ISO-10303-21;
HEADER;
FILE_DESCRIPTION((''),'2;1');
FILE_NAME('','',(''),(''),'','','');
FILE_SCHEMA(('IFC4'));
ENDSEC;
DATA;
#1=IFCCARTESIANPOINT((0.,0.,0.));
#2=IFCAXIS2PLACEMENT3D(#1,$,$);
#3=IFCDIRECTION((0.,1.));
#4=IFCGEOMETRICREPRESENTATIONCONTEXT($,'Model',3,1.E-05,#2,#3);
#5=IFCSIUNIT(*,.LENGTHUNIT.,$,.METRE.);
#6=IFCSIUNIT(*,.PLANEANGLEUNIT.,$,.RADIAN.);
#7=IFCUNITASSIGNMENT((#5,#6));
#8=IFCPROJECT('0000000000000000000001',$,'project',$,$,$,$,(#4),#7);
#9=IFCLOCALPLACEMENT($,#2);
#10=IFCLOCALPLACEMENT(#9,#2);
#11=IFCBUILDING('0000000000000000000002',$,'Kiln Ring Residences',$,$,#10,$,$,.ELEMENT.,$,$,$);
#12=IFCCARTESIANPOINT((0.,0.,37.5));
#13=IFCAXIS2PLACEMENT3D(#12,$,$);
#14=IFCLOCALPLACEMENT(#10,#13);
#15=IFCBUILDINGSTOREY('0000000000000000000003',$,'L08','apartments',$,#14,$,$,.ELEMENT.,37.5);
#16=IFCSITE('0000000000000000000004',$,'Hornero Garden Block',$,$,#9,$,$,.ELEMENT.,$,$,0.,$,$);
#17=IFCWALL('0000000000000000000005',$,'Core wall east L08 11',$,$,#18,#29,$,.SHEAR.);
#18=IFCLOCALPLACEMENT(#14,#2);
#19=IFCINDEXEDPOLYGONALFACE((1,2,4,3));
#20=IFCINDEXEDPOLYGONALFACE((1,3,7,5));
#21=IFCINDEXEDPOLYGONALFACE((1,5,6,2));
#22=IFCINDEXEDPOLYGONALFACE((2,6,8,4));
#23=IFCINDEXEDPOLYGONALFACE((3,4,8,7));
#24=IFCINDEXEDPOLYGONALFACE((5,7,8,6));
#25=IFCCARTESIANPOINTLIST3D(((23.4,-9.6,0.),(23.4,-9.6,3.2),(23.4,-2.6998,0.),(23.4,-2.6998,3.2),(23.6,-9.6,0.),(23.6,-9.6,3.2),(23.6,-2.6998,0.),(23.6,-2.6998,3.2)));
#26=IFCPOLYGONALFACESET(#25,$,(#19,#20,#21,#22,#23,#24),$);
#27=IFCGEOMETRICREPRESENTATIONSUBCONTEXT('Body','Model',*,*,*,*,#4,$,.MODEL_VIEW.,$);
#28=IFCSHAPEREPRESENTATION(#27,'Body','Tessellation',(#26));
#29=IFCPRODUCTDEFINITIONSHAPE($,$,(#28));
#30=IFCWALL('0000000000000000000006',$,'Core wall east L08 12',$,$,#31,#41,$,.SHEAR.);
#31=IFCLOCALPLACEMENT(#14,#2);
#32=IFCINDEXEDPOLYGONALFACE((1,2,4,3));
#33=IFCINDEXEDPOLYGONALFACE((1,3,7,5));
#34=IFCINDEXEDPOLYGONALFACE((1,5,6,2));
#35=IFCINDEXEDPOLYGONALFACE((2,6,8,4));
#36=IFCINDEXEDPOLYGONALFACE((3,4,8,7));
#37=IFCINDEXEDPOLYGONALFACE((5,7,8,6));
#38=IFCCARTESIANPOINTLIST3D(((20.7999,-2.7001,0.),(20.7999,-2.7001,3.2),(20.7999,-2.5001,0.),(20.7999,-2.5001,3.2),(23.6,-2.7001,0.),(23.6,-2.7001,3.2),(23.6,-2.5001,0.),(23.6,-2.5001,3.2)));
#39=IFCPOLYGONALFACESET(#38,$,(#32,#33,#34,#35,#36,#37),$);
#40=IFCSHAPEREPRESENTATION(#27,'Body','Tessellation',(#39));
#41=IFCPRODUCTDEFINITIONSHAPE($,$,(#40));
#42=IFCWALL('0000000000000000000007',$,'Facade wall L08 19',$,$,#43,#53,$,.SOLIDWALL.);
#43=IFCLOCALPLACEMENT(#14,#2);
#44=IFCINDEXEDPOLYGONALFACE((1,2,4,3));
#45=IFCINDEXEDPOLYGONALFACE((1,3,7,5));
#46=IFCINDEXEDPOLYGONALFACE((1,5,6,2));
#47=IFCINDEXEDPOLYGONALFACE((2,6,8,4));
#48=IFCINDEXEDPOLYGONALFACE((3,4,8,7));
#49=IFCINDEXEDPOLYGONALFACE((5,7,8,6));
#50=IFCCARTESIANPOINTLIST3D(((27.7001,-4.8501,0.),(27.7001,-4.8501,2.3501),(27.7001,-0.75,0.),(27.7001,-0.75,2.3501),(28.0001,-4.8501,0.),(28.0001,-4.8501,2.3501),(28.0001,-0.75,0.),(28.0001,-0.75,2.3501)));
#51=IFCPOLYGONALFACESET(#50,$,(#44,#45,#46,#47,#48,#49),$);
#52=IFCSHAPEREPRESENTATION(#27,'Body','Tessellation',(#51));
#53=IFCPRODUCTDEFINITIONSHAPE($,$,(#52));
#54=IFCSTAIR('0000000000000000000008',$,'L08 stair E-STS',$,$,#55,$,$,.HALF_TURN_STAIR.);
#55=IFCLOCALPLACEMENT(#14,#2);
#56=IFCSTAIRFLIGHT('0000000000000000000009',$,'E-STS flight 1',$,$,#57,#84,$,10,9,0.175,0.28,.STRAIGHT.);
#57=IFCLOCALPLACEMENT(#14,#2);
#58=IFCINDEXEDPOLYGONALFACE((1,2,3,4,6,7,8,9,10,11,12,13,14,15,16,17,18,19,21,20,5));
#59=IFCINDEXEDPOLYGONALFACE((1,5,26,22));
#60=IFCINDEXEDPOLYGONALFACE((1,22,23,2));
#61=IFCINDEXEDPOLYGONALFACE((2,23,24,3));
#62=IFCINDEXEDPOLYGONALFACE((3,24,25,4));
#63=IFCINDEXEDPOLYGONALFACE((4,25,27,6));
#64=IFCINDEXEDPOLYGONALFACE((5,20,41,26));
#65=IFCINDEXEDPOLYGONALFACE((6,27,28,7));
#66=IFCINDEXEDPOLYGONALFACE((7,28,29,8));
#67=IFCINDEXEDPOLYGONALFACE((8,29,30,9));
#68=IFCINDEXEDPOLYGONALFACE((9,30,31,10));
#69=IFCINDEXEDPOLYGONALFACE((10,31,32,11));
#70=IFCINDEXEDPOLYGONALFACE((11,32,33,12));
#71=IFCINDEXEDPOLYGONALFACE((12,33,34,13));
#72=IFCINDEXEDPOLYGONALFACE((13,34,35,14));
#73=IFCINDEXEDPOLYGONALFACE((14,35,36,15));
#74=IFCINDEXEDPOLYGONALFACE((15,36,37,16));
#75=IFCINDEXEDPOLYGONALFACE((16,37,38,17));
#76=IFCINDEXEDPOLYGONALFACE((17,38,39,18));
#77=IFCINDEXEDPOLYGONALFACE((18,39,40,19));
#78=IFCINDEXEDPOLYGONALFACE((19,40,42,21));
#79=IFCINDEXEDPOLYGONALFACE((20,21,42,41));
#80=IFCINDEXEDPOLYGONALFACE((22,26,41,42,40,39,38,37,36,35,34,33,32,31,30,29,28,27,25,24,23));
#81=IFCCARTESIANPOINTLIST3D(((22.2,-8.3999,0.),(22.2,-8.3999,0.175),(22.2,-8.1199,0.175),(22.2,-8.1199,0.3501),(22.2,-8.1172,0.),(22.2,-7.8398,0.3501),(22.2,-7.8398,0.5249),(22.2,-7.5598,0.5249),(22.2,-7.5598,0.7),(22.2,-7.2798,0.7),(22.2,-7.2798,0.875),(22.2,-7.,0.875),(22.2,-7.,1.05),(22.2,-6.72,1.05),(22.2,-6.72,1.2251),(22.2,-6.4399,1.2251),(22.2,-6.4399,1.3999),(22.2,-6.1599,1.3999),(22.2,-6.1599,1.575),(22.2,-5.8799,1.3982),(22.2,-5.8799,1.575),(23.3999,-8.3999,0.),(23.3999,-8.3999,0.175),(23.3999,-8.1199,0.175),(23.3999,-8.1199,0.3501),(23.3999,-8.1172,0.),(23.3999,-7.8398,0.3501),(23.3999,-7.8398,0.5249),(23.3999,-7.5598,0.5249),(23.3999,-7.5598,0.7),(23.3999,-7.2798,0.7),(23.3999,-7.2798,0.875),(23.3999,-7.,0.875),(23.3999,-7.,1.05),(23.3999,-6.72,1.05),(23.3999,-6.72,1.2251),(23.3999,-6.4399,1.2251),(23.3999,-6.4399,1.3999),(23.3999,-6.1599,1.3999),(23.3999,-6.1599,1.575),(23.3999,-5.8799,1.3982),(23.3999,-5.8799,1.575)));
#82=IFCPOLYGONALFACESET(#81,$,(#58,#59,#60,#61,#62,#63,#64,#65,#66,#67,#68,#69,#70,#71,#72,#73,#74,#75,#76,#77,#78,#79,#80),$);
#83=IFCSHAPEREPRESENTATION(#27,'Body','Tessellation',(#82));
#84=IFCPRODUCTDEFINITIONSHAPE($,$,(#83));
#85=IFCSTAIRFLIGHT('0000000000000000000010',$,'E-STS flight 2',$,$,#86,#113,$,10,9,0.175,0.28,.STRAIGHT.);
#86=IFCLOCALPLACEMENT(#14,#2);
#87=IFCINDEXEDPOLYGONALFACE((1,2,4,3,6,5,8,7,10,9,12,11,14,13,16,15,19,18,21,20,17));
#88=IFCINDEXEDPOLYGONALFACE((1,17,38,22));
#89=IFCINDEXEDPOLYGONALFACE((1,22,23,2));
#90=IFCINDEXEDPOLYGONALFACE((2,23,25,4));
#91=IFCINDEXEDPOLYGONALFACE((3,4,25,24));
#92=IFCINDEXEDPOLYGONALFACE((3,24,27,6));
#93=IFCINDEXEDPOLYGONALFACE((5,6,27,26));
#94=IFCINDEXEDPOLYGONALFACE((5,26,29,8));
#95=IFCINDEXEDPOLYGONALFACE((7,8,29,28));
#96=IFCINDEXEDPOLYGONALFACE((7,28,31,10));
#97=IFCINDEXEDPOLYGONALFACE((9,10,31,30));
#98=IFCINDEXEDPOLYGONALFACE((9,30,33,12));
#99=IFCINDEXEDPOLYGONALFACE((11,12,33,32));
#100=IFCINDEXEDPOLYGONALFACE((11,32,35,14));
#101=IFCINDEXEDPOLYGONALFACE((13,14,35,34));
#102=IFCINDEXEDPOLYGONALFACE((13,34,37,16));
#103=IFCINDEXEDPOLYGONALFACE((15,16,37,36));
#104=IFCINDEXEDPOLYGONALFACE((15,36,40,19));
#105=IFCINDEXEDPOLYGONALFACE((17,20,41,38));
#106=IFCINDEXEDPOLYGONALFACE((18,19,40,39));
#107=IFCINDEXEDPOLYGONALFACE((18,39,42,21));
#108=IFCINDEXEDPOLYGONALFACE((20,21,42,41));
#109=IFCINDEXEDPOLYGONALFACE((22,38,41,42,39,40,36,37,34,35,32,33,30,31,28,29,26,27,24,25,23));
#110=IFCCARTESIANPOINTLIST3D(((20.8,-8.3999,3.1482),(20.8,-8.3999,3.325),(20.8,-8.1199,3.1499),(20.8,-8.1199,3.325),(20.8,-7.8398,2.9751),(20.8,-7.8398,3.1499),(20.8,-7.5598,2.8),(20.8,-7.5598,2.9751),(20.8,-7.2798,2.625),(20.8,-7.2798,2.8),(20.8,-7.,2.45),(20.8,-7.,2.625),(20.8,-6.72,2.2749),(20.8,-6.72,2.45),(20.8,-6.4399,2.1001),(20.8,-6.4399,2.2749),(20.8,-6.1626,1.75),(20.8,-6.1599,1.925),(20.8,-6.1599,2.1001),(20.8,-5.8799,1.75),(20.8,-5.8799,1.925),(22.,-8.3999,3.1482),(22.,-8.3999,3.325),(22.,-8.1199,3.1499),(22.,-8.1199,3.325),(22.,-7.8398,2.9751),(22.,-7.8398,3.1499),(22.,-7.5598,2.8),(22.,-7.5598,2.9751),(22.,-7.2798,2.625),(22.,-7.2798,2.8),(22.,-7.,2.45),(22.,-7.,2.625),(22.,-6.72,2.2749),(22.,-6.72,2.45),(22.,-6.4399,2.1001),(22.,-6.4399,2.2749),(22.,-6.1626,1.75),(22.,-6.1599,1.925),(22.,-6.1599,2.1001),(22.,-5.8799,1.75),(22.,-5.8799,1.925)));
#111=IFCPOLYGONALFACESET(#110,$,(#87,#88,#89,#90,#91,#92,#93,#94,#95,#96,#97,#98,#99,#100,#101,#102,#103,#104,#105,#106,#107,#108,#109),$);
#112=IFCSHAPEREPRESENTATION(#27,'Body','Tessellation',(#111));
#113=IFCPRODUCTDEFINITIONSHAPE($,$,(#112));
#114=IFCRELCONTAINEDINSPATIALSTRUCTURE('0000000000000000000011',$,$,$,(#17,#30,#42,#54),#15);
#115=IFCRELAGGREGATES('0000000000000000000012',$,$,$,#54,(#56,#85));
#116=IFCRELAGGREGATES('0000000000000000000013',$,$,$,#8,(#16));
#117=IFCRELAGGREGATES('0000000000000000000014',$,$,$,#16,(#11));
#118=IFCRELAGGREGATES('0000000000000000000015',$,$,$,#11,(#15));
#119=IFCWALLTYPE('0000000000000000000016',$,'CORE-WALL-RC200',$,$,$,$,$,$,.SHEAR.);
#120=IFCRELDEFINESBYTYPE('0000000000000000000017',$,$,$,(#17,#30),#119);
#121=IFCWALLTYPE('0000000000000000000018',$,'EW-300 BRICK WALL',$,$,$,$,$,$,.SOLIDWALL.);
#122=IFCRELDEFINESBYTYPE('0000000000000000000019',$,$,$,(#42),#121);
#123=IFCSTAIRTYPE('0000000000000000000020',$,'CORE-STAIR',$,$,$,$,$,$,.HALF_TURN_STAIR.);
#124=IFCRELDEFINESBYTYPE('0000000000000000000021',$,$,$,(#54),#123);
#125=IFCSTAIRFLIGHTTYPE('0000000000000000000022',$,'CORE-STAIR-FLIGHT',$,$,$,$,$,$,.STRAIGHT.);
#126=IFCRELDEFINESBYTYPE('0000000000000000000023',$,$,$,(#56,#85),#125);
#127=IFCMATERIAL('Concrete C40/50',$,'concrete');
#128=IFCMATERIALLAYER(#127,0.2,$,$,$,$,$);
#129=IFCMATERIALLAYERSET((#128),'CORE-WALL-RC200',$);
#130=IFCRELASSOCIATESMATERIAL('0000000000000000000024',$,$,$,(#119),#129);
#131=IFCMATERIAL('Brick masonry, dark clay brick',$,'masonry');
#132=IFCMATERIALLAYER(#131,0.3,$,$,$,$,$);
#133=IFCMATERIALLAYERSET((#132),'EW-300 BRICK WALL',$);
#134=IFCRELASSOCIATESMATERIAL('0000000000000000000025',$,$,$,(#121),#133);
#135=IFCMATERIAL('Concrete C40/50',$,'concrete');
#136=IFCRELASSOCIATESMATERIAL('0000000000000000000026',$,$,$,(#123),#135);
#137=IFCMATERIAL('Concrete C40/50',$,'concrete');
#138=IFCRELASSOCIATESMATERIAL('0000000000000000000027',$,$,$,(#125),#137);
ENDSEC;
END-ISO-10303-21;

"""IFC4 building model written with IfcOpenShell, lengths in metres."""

from ifc_helpers import new_model, si_unit, direction, frame, frame_2d, origin, place, context, subcontext, project, spatial, polyline, rectangle, outline, extrude, material, layer, layer_set, type_object, element, aggregate, save


model = new_model("IFC4")

# Units and contexts
model_context = context("Model", 3, precision=1e-05, world=origin(), true_north=direction((0.0, 1.0)))
body_context = subcontext(model_context, "Body", "Model", "MODEL_VIEW")
ifc_project = project(units=[si_unit("LENGTHUNIT", "METRE"), si_unit("PLANEANGLEUNIT", "RADIAN")], contexts=[model_context])

# Site, building, storey
site_placement = place(None, origin())
site = spatial("IfcSite", under=ifc_project, at=site_placement, Name="Hornero Garden Block", CompositionType="ELEMENT", RefElevation=0.0)
building_placement = place(site_placement, origin())
building = spatial("IfcBuilding", under=site, at=building_placement, Name="Kiln Ring Residences", CompositionType="ELEMENT")
storey_placement = place(building_placement, frame((0.0, 0.0, 37.5)))
storey = spatial("IfcBuildingStorey", under=building, at=storey_placement, Name="L08", Description="apartments", CompositionType="ELEMENT", Elevation=37.5)

# Shared definitions
ifc_material_1 = material(Name="Concrete C40/50", Category="concrete")
ifc_layer_1 = layer(ifc_material_1, 0.2)
ifc_layer_set_1 = layer_set([ifc_layer_1], Name="CORE-WALL-RC200")
wall_type_1 = type_object("IfcWallType", Name="CORE-WALL-RC200", PredefinedType="SHEAR", material=ifc_layer_set_1)

# Walls
wall_1_placement = place(storey_placement, frame((23.5, -9.6001, 0.0), z_axis=(0.0, 0.0, 1.0), x_axis=(0.0, 1.0, 0.0)))
element("IfcWall", 1, at=wall_1_placement, inside=storey, type_object=wall_type_1, Name="Core wall east L08 11", PredefinedType="SHEAR", context=body_context, shape_type="SweptSolid", body=[
    extrude(rectangle(XDim=6.9001, YDim=0.2, at=frame_2d((3.4502, 0.0))), origin(), (0.0, 0.0, 1.0), 3.2),
])
wall_2_placement = place(storey_placement, frame((20.8, -2.6001, 0.0), z_axis=(0.0, 0.0, 1.0), x_axis=(1.0, 0.0, 0.0)))
element("IfcWall", 2, at=wall_2_placement, inside=storey, type_object=wall_type_1, Name="Core wall east L08 12", PredefinedType="SHEAR", context=body_context, shape_type="SweptSolid", body=[
    extrude(rectangle(XDim=2.8, YDim=0.2, at=frame_2d((1.3999, 0.0))), origin(), (0.0, 0.0, 1.0), 3.2),
])
ifc_material_2 = material(Name="Brick masonry, dark clay brick", Category="masonry")
ifc_layer_2 = layer(ifc_material_2, 0.3)
ifc_layer_set_2 = layer_set([ifc_layer_2], Name="EW-300 BRICK WALL")
wall_type_2 = type_object("IfcWallType", Name="EW-300 BRICK WALL", PredefinedType="SOLIDWALL", material=ifc_layer_set_2)
wall_3_placement = place(storey_placement, frame((27.8501, -4.8501, 0.0), z_axis=(0.0, 0.0, 1.0), x_axis=(0.0, 1.0, 0.0)))
element("IfcWall", 3, at=wall_3_placement, inside=storey, type_object=wall_type_2, Name="Facade wall L08 19", PredefinedType="SOLIDWALL", context=body_context, shape_type="SweptSolid", body=[
    extrude(rectangle(XDim=4.1001, YDim=0.3, at=frame_2d((2.05, 0.0))), origin(), (0.0, 0.0, 1.0), 2.3501),
])

# Stair, stair flights
ifc_material_3 = material(Name="Concrete C40/50", Category="concrete")
stair_type = type_object("IfcStairType", Name="CORE-STAIR", PredefinedType="HALF_TURN_STAIR", material=ifc_material_3)
stair_placement = place(storey_placement, origin())
stair = element("IfcStair", 4, at=stair_placement, inside=storey, type_object=stair_type, Name="L08 stair E-STS", PredefinedType="HALF_TURN_STAIR")
ifc_material_4 = material(Name="Concrete C40/50", Category="concrete")
stair_flight_type = type_object("IfcStairFlightType", Name="CORE-STAIR-FLIGHT", PredefinedType="STRAIGHT", material=ifc_material_4)
stair_flight_1_placement = place(storey_placement, frame((22.8, -8.3999, 0.0), z_axis=(0.0, 0.0, 1.0), x_axis=(0.0, 1.0, 0.0)))
stair_flight_1 = element("IfcStairFlight", 5, at=stair_flight_1_placement, type_object=stair_flight_type, Name="E-STS flight 1", NumberOfRisers=10, NumberOfTreads=9, PredefinedType="STRAIGHT", RiserHeight=0.175, TreadLength=0.28, context=body_context, shape_type="SweptSolid", body=[
    extrude(outline(polyline([(0.0, 0.0), (0.0, 0.175), (0.28, 0.175), (0.28, 0.3501), (0.5601, 0.3501), (0.5601, 0.5249), (0.8401, 0.5249), (0.8401, 0.7), (1.1201, 0.7), (1.1201, 0.875), (1.3999, 0.875), (1.3999, 1.05), (1.6799, 1.05), (1.6799, 1.2251), (1.96, 1.2251), (1.96, 1.3999), (2.24, 1.3999), (2.24, 1.575), (2.52, 1.575), (2.52, 1.75), (2.52, 1.3982), (0.2827, 0.0), (0.0, 0.0)])), frame((0.0, 0.6001, 0.0), z_axis=(0.0, -1.0, 0.0), x_axis=(1.0, 0.0, 0.0)), (0.0, 0.0, 1.0), 1.2),
])
stair_flight_2_placement = place(storey_placement, frame((21.3999, -5.8799, 1.75), z_axis=(0.0, 0.0, 1.0), x_axis=(0.0, -1.0, 0.0)))
stair_flight_2 = element("IfcStairFlight", 6, at=stair_flight_2_placement, type_object=stair_flight_type, Name="E-STS flight 2", NumberOfRisers=10, NumberOfTreads=9, PredefinedType="STRAIGHT", RiserHeight=0.175, TreadLength=0.28, context=body_context, shape_type="SweptSolid", body=[
    extrude(outline(polyline([(0.0, 0.0), (0.0, 0.175), (0.28, 0.175), (0.28, 0.3501), (0.5601, 0.3501), (0.5601, 0.5249), (0.8401, 0.5249), (0.8401, 0.7), (1.1201, 0.7), (1.1201, 0.875), (1.3999, 0.875), (1.3999, 1.05), (1.6799, 1.05), (1.6799, 1.2251), (1.96, 1.2251), (1.96, 1.3999), (2.24, 1.3999), (2.24, 1.575), (2.52, 1.575), (2.52, 1.75), (2.52, 1.3982), (0.2827, 0.0), (0.0, 0.0)])), frame((0.0, 0.6001, 0.0), z_axis=(0.0, -1.0, 0.0), x_axis=(1.0, 0.0, 0.0)), (0.0, 0.0, 1.0), 1.2),
])
aggregate(stair, [stair_flight_1, stair_flight_2])

save(model, "model.ifc")
